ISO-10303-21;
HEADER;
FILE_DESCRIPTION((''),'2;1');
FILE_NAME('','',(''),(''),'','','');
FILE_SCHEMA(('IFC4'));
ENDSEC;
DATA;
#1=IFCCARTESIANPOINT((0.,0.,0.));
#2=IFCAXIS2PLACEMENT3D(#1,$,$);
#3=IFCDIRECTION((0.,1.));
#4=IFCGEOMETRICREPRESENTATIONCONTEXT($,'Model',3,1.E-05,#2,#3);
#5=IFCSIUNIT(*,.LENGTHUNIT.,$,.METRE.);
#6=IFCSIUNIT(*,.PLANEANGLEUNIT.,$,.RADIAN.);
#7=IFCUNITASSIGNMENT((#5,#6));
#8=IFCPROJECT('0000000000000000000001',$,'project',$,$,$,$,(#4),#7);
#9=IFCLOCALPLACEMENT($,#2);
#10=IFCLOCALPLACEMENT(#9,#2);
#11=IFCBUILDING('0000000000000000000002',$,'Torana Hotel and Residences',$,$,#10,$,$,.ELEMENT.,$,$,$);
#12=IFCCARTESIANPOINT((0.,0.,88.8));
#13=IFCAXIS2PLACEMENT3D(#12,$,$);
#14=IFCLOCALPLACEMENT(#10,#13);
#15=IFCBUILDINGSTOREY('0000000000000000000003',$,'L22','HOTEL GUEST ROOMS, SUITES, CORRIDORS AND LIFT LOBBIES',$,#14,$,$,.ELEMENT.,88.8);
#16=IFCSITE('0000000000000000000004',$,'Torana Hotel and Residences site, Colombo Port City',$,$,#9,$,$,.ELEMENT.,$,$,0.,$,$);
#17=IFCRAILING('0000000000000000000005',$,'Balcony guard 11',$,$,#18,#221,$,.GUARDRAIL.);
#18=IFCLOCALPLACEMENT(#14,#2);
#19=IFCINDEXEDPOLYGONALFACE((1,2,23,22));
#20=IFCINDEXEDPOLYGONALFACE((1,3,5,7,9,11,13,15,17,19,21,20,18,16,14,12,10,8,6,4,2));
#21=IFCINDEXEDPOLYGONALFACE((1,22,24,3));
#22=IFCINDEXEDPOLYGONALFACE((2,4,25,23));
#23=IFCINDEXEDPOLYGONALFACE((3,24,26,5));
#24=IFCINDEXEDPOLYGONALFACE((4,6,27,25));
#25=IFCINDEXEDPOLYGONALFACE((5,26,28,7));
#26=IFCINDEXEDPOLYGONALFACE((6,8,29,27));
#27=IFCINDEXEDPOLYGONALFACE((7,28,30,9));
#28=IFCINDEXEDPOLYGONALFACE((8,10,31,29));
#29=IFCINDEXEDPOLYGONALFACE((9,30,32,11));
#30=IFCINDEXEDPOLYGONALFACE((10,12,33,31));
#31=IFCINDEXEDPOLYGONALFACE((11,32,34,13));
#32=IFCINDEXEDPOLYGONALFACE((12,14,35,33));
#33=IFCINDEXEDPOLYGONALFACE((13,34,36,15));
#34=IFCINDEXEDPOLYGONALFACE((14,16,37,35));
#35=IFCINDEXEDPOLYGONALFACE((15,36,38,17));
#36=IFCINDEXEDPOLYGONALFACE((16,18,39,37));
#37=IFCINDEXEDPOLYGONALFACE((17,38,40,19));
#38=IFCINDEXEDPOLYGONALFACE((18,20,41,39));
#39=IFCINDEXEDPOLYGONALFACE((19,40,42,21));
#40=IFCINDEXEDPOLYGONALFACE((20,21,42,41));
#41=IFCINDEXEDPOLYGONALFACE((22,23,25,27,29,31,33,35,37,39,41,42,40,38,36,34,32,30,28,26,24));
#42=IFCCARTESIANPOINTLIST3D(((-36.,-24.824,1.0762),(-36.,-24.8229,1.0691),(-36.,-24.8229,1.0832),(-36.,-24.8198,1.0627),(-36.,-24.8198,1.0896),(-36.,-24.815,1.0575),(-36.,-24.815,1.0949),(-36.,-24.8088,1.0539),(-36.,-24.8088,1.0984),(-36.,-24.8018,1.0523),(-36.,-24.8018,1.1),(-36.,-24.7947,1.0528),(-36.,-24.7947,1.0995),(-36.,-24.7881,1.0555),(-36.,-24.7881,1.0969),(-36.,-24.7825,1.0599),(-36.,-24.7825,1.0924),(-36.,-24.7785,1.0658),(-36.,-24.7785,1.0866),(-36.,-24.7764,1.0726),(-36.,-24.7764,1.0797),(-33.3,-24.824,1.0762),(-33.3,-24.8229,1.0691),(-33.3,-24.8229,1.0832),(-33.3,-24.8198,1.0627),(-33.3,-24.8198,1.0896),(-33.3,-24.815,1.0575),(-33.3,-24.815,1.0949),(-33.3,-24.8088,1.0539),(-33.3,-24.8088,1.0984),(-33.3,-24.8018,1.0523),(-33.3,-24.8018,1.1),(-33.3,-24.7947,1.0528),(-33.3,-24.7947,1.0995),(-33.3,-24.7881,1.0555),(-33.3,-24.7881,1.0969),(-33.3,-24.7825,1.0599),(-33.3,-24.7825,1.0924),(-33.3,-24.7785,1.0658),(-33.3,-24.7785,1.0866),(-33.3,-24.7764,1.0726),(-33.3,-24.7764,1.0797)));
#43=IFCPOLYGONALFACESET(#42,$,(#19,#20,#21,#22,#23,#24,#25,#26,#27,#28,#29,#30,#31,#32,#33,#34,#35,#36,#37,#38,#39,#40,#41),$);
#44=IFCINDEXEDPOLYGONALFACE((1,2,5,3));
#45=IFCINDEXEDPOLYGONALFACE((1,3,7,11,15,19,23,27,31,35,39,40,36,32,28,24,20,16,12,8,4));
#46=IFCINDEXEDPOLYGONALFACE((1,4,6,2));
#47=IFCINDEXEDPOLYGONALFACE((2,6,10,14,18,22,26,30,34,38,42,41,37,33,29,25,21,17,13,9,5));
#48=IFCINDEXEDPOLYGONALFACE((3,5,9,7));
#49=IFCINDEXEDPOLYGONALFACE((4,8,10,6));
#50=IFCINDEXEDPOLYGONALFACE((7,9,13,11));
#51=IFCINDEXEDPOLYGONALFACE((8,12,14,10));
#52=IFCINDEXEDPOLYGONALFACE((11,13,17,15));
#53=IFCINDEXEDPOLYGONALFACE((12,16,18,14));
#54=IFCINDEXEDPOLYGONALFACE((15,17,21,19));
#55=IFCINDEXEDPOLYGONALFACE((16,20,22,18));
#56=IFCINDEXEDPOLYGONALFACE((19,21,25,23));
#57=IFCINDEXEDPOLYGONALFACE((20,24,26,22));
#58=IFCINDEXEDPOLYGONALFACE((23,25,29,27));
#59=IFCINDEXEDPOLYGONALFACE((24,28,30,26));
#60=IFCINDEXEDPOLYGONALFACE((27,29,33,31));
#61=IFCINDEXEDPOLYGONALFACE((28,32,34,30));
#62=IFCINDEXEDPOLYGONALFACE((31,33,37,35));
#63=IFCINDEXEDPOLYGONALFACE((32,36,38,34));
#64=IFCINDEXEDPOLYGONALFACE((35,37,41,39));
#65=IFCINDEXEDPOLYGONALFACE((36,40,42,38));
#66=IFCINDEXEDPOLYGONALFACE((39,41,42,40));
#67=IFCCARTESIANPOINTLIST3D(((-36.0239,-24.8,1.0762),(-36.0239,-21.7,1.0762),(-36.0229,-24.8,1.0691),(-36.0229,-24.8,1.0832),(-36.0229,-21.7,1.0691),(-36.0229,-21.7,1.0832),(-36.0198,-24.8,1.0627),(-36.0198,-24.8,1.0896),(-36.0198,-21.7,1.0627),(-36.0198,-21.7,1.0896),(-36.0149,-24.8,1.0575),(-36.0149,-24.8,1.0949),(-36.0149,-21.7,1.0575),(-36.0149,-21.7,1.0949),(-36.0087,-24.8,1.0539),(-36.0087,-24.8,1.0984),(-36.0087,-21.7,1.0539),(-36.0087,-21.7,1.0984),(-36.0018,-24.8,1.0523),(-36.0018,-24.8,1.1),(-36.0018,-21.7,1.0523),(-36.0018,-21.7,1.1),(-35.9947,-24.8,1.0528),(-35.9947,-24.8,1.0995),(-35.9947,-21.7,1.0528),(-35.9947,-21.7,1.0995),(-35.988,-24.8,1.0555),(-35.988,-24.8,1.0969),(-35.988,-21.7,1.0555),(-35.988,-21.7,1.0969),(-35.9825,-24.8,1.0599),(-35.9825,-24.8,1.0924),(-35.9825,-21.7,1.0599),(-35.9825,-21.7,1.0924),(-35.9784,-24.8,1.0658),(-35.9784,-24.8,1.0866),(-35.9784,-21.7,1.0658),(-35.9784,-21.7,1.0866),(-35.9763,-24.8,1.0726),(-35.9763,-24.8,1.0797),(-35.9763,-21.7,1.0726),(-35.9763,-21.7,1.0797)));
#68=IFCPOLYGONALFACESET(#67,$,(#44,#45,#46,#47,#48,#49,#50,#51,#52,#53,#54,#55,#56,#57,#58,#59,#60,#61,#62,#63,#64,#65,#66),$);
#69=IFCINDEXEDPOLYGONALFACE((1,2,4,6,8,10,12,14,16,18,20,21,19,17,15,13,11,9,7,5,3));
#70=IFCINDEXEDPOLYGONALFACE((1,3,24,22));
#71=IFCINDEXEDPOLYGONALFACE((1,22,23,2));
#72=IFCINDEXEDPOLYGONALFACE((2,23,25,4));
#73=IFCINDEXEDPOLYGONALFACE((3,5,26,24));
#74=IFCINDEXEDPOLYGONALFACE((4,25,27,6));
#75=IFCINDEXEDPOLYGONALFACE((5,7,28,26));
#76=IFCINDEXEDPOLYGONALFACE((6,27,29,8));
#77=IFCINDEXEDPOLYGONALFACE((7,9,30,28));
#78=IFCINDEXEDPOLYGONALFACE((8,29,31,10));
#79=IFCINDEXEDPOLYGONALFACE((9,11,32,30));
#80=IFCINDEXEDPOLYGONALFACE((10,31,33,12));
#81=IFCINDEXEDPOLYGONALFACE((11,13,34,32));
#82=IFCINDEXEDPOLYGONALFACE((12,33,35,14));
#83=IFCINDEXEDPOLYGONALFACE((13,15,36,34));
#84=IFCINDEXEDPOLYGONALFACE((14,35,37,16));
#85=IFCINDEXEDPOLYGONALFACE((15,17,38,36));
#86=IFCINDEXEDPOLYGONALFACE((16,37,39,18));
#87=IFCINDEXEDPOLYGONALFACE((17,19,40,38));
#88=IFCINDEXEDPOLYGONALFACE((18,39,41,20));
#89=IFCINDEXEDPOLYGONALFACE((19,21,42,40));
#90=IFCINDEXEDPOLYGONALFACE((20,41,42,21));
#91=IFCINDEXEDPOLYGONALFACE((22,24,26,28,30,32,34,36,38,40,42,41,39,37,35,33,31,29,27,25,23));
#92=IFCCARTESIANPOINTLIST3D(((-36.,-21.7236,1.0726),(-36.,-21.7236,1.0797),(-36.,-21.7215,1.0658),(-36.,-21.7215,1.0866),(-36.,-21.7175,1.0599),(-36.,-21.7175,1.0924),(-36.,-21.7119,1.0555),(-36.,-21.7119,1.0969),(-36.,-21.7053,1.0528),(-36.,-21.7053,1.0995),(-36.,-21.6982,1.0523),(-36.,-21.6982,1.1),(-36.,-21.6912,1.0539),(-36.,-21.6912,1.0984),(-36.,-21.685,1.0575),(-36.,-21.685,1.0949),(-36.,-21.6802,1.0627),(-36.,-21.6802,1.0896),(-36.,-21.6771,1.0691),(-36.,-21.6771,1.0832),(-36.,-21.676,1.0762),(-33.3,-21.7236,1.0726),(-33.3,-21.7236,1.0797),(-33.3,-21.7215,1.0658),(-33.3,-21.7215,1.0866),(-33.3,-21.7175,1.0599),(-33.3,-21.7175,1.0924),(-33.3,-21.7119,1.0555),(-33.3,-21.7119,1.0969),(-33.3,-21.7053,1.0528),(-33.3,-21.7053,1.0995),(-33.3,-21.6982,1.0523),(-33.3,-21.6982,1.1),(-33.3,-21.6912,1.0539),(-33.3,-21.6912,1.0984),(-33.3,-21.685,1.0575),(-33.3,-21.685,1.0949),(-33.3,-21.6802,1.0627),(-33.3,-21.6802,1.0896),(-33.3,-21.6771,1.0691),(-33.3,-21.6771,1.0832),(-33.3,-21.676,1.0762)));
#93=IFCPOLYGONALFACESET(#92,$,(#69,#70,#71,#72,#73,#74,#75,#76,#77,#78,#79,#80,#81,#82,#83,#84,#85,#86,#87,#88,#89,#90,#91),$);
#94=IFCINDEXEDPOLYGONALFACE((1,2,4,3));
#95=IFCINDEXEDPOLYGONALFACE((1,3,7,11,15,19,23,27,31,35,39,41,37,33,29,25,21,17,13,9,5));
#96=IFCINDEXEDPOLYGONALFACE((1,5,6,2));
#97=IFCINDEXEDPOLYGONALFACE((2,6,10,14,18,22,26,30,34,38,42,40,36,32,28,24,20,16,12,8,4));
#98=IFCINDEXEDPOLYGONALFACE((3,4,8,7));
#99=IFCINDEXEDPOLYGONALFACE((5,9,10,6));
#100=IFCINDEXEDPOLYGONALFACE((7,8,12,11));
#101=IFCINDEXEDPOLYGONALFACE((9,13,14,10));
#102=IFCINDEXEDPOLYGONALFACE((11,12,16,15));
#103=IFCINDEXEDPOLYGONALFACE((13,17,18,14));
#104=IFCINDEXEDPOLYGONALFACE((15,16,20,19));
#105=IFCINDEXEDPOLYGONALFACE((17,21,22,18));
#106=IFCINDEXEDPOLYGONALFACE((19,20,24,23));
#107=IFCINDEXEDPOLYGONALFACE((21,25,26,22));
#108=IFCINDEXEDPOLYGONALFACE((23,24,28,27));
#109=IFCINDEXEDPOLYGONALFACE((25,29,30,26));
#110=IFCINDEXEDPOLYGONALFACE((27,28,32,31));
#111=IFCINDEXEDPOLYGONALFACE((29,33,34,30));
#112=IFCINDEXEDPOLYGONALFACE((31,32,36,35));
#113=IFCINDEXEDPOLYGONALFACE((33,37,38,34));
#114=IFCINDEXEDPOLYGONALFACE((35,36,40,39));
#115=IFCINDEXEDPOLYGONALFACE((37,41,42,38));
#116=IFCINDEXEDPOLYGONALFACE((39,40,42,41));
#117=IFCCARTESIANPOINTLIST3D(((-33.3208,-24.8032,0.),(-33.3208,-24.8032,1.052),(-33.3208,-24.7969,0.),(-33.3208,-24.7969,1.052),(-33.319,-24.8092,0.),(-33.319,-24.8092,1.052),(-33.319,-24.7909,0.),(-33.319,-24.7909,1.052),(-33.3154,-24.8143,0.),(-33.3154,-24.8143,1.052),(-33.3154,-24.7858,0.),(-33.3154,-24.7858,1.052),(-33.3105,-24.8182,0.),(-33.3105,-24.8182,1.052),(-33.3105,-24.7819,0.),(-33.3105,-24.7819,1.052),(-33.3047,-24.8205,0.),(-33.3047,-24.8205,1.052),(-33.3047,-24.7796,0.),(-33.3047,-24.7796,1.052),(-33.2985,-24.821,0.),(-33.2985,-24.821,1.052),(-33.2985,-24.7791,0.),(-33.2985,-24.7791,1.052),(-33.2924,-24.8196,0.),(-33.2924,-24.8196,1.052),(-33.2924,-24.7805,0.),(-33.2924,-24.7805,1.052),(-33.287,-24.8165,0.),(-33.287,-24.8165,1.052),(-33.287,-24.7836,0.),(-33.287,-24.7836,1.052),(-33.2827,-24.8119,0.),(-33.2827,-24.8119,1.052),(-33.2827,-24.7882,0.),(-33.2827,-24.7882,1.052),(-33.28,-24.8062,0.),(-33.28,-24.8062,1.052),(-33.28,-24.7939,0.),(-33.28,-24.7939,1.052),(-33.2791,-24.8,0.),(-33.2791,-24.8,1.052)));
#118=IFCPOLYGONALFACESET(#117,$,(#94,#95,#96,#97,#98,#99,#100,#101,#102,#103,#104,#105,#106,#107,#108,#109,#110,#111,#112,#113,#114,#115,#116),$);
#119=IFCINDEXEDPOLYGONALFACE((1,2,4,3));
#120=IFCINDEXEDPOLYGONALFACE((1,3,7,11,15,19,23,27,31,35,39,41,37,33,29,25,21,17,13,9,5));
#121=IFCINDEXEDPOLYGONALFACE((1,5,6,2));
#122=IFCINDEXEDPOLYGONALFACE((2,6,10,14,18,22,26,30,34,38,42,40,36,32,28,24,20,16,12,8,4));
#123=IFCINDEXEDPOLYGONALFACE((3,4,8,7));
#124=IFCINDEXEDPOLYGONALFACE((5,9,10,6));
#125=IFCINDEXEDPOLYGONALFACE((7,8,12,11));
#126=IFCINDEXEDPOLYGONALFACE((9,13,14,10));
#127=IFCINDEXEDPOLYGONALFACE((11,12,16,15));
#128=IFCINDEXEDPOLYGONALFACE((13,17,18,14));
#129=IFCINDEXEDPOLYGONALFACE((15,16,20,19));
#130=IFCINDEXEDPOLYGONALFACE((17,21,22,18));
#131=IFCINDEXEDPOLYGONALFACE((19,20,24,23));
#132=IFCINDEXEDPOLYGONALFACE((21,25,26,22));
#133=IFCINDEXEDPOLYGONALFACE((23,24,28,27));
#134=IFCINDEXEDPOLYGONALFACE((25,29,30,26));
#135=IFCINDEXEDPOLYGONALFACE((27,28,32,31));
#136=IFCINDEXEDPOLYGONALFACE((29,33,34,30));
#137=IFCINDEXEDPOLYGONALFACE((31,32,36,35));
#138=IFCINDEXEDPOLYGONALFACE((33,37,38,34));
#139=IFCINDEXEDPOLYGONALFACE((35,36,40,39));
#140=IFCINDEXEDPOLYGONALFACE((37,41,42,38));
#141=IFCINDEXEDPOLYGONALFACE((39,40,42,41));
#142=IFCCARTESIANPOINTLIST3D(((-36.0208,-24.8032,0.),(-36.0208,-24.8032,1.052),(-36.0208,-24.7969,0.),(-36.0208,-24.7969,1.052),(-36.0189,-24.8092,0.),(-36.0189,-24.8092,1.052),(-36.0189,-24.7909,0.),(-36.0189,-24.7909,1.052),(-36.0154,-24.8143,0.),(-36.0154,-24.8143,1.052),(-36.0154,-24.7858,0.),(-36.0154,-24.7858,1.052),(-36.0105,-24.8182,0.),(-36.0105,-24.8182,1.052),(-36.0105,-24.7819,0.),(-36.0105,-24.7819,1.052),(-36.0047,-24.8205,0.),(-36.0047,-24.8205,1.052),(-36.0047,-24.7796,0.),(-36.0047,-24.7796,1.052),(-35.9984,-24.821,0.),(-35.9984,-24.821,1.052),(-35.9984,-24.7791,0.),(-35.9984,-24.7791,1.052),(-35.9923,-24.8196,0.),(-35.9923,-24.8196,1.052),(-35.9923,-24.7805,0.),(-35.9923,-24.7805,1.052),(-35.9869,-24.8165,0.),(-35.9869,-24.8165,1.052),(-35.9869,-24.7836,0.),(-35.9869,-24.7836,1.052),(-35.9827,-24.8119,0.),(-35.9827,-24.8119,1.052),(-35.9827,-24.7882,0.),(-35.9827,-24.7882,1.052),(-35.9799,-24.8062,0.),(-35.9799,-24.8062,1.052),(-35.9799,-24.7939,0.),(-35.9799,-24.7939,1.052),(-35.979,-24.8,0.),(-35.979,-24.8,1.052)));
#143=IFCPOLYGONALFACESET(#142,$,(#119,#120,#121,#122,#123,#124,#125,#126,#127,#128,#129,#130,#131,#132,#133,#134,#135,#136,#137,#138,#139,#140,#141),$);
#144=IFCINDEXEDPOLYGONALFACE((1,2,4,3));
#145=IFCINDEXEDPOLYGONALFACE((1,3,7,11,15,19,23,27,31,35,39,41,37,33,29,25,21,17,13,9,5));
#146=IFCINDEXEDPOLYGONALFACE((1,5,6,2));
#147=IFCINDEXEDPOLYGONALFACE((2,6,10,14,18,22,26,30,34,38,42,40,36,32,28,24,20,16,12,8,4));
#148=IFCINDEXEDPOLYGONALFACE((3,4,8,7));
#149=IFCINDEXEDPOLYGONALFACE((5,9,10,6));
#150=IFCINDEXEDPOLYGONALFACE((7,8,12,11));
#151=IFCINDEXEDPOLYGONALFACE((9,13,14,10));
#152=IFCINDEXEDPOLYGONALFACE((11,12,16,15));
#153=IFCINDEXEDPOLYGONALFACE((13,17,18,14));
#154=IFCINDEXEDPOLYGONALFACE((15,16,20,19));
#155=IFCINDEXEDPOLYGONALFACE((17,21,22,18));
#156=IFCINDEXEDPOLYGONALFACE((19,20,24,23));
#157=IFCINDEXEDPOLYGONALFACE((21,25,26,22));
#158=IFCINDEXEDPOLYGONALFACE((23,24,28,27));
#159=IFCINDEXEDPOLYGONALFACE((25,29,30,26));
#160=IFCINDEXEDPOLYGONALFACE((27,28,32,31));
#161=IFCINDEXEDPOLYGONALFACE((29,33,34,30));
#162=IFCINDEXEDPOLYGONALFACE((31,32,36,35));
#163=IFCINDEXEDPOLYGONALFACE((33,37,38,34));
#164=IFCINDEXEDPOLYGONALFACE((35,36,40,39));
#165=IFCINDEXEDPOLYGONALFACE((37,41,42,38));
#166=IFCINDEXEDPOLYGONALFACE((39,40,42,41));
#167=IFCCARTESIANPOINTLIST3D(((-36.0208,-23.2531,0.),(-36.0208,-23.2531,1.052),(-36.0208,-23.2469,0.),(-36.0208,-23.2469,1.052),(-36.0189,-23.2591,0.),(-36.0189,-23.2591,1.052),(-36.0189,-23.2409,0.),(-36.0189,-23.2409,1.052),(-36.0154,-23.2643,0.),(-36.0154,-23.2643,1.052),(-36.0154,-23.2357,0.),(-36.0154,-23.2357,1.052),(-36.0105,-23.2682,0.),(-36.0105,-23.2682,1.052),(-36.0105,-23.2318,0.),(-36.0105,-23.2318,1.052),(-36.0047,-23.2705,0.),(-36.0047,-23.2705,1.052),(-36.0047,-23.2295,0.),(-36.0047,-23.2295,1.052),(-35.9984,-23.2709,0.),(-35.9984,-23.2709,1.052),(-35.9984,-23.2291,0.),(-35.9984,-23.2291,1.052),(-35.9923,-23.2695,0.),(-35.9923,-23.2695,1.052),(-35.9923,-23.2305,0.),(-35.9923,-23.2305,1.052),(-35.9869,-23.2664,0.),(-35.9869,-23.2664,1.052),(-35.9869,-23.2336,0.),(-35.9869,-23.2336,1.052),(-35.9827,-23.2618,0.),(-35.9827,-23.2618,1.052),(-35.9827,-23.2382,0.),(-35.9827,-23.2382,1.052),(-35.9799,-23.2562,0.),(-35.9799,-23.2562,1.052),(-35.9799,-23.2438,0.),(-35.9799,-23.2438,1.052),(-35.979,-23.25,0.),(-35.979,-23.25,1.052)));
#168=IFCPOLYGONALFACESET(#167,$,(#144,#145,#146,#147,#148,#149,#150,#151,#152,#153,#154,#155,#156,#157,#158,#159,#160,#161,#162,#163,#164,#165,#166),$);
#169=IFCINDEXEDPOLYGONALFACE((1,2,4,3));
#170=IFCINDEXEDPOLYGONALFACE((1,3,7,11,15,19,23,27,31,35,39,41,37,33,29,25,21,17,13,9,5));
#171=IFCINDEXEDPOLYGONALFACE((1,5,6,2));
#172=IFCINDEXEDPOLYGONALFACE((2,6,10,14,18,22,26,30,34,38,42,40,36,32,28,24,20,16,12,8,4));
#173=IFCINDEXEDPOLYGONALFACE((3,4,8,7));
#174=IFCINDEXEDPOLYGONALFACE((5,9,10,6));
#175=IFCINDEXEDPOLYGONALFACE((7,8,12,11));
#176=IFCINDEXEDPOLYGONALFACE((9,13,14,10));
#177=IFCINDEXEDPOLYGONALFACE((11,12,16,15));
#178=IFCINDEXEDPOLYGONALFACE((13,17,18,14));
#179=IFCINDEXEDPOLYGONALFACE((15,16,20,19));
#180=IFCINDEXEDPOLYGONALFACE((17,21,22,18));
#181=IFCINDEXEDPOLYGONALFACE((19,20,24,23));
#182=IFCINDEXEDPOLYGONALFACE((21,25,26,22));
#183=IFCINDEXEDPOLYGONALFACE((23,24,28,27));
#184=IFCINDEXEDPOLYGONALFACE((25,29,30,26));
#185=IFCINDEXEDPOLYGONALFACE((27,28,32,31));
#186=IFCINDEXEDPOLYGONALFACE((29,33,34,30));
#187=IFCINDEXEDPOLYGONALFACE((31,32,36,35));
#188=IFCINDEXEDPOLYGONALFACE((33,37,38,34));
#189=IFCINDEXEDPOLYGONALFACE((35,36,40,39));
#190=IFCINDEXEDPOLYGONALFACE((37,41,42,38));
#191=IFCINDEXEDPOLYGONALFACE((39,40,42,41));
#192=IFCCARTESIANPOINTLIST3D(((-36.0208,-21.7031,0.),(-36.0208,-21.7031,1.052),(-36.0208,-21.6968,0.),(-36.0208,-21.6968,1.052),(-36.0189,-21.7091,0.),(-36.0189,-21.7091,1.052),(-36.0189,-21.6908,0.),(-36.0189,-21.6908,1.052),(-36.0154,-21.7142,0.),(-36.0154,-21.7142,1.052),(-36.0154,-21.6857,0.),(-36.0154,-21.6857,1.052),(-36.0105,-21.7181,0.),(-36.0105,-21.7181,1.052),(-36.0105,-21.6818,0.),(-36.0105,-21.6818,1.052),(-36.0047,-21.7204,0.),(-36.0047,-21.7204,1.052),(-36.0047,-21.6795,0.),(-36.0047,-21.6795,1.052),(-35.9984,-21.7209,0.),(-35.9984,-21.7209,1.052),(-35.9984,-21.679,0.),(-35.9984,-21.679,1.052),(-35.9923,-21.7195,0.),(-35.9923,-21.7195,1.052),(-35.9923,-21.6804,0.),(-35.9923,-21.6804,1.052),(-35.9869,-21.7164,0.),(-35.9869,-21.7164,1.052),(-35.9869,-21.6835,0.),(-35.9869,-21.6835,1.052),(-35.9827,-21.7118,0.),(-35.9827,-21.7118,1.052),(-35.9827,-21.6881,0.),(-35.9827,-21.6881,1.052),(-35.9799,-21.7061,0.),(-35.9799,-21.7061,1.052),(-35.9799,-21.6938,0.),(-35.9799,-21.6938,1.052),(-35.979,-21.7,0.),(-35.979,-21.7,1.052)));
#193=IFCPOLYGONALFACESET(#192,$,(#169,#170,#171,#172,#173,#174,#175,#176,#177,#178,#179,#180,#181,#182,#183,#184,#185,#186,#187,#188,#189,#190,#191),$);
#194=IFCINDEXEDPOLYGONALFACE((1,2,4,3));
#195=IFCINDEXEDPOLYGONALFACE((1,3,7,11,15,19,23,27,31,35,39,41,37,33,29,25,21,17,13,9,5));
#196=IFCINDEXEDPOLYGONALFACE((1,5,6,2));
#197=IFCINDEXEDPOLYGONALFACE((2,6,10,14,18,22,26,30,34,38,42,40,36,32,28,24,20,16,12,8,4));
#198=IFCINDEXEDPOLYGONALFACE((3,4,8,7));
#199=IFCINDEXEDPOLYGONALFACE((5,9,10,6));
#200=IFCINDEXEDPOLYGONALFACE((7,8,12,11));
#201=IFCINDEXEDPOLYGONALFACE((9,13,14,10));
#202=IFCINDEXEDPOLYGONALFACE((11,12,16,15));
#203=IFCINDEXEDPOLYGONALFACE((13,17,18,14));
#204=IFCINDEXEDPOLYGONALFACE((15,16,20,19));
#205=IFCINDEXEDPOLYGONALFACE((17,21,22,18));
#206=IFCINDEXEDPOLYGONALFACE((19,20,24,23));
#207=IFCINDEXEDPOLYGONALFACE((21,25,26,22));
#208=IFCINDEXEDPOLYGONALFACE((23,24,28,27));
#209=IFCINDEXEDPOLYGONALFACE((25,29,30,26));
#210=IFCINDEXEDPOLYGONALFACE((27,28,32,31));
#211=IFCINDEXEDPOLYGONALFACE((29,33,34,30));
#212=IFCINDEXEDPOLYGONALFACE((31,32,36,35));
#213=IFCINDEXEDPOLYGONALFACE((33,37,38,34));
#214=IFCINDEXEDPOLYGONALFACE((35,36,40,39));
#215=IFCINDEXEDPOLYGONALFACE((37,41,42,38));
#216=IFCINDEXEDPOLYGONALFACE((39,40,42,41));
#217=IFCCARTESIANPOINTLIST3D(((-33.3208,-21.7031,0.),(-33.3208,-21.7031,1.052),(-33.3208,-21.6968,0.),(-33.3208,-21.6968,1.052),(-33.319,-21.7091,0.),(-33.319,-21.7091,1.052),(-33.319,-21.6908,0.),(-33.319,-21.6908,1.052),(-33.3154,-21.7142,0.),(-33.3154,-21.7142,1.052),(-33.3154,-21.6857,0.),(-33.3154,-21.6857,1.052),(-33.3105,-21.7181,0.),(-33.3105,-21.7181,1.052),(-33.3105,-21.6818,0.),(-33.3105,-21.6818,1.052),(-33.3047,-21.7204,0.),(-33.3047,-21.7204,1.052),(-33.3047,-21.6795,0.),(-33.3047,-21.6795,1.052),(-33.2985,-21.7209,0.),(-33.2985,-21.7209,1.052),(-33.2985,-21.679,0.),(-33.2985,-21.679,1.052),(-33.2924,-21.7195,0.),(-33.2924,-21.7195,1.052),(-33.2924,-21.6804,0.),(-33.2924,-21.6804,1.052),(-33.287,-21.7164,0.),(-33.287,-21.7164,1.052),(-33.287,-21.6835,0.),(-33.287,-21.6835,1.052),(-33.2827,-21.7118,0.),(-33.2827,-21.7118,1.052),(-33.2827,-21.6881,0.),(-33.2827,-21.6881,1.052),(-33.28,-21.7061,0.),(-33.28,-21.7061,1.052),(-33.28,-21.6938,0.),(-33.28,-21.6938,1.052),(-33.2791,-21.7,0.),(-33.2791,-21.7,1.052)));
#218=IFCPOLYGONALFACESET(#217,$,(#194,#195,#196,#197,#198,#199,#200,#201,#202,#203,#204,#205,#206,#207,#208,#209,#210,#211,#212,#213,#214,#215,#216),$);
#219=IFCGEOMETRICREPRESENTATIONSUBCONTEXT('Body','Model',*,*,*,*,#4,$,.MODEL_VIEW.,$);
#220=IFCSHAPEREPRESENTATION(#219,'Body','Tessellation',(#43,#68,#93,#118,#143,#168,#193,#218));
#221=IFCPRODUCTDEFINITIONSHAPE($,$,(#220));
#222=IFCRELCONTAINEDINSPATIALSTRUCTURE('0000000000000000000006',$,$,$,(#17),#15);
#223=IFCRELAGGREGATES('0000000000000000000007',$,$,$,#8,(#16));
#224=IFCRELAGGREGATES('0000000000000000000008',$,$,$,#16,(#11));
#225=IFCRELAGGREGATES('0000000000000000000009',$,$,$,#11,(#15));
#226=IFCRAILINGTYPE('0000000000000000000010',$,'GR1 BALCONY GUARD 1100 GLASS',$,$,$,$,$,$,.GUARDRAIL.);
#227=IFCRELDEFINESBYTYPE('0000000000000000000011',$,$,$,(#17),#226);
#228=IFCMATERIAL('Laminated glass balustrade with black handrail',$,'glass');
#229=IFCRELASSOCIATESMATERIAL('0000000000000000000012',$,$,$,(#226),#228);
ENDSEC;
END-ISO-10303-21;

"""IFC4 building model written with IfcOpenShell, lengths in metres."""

from ifc_helpers import new_model, si_unit, direction, frame, origin, origin_2d, place, context, subcontext, project, spatial, circle, extrude, material, type_object, element, save


model = new_model("IFC4")

# Units and contexts
model_context = context("Model", 3, precision=1e-05, world=origin(), true_north=direction((0.0, 1.0)))
body_context = subcontext(model_context, "Body", "Model", "MODEL_VIEW")
ifc_project = project(units=[si_unit("LENGTHUNIT", "METRE"), si_unit("PLANEANGLEUNIT", "RADIAN")], contexts=[model_context])

# Site, building, storey
site_placement = place(None, origin())
site = spatial("IfcSite", under=ifc_project, at=site_placement, Name="Torana Hotel and Residences site, Colombo Port City", CompositionType="ELEMENT", RefElevation=0.0)
building_placement = place(site_placement, origin())
building = spatial("IfcBuilding", under=site, at=building_placement, Name="Torana Hotel and Residences", CompositionType="ELEMENT")
storey_placement = place(building_placement, frame((0.0, 0.0, 88.8)))
storey = spatial("IfcBuildingStorey", under=building, at=storey_placement, Name="L22", Description="HOTEL GUEST ROOMS, SUITES, CORRIDORS AND LIFT LOBBIES", CompositionType="ELEMENT", Elevation=88.8)

# Railing
ifc_material_1 = material(Name="Laminated glass balustrade with black handrail", Category="glass")
railing_type = type_object("IfcRailingType", Name="GR1 BALCONY GUARD 1100 GLASS", PredefinedType="GUARDRAIL", material=ifc_material_1)
railing_placement = place(storey_placement, frame((-33.3, -24.8, 0.0)))
element("IfcRailing", 1, at=railing_placement, inside=storey, type_object=railing_type, Name="Balcony guard 11", PredefinedType="GUARDRAIL", context=body_context, shape_type="SweptSolid", body=[
    extrude(circle(Radius=0.0239, at=origin_2d()), frame((0.0, 0.0, 1.0762), z_axis=(-1.0, 0.0, 0.0), x_axis=(0.0, -1.0, 0.0)), (0.0, 0.0, 1.0), 2.7),
    extrude(circle(Radius=0.0239, at=origin_2d()), frame((-2.7, 0.0, 1.0762), z_axis=(0.0, 1.0, 0.0), x_axis=(-1.0, 0.0, 0.0)), (0.0, 0.0, 1.0), 3.1001),
    extrude(circle(Radius=0.0239, at=origin_2d()), frame((-2.7, 3.1001, 1.0762), z_axis=(1.0, 0.0, 0.0), x_axis=(0.0, 1.0, 0.0)), (0.0, 0.0, 1.0), 2.7),
    extrude(circle(Radius=0.021, at=origin_2d()), origin(), (0.0, 0.0, 1.0), 1.052),
    extrude(circle(Radius=0.021, at=origin_2d()), frame((-2.7, 0.0, 0.0)), (0.0, 0.0, 1.0), 1.052),
    extrude(circle(Radius=0.021, at=origin_2d()), frame((-2.7, 1.55, 0.0)), (0.0, 0.0, 1.0), 1.052),
    extrude(circle(Radius=0.021, at=origin_2d()), frame((-2.7, 3.1001, 0.0)), (0.0, 0.0, 1.0), 1.052),
    extrude(circle(Radius=0.021, at=origin_2d()), frame((0.0, 3.1001, 0.0)), (0.0, 0.0, 1.0), 1.052),
])

save(model, "model.ifc")
